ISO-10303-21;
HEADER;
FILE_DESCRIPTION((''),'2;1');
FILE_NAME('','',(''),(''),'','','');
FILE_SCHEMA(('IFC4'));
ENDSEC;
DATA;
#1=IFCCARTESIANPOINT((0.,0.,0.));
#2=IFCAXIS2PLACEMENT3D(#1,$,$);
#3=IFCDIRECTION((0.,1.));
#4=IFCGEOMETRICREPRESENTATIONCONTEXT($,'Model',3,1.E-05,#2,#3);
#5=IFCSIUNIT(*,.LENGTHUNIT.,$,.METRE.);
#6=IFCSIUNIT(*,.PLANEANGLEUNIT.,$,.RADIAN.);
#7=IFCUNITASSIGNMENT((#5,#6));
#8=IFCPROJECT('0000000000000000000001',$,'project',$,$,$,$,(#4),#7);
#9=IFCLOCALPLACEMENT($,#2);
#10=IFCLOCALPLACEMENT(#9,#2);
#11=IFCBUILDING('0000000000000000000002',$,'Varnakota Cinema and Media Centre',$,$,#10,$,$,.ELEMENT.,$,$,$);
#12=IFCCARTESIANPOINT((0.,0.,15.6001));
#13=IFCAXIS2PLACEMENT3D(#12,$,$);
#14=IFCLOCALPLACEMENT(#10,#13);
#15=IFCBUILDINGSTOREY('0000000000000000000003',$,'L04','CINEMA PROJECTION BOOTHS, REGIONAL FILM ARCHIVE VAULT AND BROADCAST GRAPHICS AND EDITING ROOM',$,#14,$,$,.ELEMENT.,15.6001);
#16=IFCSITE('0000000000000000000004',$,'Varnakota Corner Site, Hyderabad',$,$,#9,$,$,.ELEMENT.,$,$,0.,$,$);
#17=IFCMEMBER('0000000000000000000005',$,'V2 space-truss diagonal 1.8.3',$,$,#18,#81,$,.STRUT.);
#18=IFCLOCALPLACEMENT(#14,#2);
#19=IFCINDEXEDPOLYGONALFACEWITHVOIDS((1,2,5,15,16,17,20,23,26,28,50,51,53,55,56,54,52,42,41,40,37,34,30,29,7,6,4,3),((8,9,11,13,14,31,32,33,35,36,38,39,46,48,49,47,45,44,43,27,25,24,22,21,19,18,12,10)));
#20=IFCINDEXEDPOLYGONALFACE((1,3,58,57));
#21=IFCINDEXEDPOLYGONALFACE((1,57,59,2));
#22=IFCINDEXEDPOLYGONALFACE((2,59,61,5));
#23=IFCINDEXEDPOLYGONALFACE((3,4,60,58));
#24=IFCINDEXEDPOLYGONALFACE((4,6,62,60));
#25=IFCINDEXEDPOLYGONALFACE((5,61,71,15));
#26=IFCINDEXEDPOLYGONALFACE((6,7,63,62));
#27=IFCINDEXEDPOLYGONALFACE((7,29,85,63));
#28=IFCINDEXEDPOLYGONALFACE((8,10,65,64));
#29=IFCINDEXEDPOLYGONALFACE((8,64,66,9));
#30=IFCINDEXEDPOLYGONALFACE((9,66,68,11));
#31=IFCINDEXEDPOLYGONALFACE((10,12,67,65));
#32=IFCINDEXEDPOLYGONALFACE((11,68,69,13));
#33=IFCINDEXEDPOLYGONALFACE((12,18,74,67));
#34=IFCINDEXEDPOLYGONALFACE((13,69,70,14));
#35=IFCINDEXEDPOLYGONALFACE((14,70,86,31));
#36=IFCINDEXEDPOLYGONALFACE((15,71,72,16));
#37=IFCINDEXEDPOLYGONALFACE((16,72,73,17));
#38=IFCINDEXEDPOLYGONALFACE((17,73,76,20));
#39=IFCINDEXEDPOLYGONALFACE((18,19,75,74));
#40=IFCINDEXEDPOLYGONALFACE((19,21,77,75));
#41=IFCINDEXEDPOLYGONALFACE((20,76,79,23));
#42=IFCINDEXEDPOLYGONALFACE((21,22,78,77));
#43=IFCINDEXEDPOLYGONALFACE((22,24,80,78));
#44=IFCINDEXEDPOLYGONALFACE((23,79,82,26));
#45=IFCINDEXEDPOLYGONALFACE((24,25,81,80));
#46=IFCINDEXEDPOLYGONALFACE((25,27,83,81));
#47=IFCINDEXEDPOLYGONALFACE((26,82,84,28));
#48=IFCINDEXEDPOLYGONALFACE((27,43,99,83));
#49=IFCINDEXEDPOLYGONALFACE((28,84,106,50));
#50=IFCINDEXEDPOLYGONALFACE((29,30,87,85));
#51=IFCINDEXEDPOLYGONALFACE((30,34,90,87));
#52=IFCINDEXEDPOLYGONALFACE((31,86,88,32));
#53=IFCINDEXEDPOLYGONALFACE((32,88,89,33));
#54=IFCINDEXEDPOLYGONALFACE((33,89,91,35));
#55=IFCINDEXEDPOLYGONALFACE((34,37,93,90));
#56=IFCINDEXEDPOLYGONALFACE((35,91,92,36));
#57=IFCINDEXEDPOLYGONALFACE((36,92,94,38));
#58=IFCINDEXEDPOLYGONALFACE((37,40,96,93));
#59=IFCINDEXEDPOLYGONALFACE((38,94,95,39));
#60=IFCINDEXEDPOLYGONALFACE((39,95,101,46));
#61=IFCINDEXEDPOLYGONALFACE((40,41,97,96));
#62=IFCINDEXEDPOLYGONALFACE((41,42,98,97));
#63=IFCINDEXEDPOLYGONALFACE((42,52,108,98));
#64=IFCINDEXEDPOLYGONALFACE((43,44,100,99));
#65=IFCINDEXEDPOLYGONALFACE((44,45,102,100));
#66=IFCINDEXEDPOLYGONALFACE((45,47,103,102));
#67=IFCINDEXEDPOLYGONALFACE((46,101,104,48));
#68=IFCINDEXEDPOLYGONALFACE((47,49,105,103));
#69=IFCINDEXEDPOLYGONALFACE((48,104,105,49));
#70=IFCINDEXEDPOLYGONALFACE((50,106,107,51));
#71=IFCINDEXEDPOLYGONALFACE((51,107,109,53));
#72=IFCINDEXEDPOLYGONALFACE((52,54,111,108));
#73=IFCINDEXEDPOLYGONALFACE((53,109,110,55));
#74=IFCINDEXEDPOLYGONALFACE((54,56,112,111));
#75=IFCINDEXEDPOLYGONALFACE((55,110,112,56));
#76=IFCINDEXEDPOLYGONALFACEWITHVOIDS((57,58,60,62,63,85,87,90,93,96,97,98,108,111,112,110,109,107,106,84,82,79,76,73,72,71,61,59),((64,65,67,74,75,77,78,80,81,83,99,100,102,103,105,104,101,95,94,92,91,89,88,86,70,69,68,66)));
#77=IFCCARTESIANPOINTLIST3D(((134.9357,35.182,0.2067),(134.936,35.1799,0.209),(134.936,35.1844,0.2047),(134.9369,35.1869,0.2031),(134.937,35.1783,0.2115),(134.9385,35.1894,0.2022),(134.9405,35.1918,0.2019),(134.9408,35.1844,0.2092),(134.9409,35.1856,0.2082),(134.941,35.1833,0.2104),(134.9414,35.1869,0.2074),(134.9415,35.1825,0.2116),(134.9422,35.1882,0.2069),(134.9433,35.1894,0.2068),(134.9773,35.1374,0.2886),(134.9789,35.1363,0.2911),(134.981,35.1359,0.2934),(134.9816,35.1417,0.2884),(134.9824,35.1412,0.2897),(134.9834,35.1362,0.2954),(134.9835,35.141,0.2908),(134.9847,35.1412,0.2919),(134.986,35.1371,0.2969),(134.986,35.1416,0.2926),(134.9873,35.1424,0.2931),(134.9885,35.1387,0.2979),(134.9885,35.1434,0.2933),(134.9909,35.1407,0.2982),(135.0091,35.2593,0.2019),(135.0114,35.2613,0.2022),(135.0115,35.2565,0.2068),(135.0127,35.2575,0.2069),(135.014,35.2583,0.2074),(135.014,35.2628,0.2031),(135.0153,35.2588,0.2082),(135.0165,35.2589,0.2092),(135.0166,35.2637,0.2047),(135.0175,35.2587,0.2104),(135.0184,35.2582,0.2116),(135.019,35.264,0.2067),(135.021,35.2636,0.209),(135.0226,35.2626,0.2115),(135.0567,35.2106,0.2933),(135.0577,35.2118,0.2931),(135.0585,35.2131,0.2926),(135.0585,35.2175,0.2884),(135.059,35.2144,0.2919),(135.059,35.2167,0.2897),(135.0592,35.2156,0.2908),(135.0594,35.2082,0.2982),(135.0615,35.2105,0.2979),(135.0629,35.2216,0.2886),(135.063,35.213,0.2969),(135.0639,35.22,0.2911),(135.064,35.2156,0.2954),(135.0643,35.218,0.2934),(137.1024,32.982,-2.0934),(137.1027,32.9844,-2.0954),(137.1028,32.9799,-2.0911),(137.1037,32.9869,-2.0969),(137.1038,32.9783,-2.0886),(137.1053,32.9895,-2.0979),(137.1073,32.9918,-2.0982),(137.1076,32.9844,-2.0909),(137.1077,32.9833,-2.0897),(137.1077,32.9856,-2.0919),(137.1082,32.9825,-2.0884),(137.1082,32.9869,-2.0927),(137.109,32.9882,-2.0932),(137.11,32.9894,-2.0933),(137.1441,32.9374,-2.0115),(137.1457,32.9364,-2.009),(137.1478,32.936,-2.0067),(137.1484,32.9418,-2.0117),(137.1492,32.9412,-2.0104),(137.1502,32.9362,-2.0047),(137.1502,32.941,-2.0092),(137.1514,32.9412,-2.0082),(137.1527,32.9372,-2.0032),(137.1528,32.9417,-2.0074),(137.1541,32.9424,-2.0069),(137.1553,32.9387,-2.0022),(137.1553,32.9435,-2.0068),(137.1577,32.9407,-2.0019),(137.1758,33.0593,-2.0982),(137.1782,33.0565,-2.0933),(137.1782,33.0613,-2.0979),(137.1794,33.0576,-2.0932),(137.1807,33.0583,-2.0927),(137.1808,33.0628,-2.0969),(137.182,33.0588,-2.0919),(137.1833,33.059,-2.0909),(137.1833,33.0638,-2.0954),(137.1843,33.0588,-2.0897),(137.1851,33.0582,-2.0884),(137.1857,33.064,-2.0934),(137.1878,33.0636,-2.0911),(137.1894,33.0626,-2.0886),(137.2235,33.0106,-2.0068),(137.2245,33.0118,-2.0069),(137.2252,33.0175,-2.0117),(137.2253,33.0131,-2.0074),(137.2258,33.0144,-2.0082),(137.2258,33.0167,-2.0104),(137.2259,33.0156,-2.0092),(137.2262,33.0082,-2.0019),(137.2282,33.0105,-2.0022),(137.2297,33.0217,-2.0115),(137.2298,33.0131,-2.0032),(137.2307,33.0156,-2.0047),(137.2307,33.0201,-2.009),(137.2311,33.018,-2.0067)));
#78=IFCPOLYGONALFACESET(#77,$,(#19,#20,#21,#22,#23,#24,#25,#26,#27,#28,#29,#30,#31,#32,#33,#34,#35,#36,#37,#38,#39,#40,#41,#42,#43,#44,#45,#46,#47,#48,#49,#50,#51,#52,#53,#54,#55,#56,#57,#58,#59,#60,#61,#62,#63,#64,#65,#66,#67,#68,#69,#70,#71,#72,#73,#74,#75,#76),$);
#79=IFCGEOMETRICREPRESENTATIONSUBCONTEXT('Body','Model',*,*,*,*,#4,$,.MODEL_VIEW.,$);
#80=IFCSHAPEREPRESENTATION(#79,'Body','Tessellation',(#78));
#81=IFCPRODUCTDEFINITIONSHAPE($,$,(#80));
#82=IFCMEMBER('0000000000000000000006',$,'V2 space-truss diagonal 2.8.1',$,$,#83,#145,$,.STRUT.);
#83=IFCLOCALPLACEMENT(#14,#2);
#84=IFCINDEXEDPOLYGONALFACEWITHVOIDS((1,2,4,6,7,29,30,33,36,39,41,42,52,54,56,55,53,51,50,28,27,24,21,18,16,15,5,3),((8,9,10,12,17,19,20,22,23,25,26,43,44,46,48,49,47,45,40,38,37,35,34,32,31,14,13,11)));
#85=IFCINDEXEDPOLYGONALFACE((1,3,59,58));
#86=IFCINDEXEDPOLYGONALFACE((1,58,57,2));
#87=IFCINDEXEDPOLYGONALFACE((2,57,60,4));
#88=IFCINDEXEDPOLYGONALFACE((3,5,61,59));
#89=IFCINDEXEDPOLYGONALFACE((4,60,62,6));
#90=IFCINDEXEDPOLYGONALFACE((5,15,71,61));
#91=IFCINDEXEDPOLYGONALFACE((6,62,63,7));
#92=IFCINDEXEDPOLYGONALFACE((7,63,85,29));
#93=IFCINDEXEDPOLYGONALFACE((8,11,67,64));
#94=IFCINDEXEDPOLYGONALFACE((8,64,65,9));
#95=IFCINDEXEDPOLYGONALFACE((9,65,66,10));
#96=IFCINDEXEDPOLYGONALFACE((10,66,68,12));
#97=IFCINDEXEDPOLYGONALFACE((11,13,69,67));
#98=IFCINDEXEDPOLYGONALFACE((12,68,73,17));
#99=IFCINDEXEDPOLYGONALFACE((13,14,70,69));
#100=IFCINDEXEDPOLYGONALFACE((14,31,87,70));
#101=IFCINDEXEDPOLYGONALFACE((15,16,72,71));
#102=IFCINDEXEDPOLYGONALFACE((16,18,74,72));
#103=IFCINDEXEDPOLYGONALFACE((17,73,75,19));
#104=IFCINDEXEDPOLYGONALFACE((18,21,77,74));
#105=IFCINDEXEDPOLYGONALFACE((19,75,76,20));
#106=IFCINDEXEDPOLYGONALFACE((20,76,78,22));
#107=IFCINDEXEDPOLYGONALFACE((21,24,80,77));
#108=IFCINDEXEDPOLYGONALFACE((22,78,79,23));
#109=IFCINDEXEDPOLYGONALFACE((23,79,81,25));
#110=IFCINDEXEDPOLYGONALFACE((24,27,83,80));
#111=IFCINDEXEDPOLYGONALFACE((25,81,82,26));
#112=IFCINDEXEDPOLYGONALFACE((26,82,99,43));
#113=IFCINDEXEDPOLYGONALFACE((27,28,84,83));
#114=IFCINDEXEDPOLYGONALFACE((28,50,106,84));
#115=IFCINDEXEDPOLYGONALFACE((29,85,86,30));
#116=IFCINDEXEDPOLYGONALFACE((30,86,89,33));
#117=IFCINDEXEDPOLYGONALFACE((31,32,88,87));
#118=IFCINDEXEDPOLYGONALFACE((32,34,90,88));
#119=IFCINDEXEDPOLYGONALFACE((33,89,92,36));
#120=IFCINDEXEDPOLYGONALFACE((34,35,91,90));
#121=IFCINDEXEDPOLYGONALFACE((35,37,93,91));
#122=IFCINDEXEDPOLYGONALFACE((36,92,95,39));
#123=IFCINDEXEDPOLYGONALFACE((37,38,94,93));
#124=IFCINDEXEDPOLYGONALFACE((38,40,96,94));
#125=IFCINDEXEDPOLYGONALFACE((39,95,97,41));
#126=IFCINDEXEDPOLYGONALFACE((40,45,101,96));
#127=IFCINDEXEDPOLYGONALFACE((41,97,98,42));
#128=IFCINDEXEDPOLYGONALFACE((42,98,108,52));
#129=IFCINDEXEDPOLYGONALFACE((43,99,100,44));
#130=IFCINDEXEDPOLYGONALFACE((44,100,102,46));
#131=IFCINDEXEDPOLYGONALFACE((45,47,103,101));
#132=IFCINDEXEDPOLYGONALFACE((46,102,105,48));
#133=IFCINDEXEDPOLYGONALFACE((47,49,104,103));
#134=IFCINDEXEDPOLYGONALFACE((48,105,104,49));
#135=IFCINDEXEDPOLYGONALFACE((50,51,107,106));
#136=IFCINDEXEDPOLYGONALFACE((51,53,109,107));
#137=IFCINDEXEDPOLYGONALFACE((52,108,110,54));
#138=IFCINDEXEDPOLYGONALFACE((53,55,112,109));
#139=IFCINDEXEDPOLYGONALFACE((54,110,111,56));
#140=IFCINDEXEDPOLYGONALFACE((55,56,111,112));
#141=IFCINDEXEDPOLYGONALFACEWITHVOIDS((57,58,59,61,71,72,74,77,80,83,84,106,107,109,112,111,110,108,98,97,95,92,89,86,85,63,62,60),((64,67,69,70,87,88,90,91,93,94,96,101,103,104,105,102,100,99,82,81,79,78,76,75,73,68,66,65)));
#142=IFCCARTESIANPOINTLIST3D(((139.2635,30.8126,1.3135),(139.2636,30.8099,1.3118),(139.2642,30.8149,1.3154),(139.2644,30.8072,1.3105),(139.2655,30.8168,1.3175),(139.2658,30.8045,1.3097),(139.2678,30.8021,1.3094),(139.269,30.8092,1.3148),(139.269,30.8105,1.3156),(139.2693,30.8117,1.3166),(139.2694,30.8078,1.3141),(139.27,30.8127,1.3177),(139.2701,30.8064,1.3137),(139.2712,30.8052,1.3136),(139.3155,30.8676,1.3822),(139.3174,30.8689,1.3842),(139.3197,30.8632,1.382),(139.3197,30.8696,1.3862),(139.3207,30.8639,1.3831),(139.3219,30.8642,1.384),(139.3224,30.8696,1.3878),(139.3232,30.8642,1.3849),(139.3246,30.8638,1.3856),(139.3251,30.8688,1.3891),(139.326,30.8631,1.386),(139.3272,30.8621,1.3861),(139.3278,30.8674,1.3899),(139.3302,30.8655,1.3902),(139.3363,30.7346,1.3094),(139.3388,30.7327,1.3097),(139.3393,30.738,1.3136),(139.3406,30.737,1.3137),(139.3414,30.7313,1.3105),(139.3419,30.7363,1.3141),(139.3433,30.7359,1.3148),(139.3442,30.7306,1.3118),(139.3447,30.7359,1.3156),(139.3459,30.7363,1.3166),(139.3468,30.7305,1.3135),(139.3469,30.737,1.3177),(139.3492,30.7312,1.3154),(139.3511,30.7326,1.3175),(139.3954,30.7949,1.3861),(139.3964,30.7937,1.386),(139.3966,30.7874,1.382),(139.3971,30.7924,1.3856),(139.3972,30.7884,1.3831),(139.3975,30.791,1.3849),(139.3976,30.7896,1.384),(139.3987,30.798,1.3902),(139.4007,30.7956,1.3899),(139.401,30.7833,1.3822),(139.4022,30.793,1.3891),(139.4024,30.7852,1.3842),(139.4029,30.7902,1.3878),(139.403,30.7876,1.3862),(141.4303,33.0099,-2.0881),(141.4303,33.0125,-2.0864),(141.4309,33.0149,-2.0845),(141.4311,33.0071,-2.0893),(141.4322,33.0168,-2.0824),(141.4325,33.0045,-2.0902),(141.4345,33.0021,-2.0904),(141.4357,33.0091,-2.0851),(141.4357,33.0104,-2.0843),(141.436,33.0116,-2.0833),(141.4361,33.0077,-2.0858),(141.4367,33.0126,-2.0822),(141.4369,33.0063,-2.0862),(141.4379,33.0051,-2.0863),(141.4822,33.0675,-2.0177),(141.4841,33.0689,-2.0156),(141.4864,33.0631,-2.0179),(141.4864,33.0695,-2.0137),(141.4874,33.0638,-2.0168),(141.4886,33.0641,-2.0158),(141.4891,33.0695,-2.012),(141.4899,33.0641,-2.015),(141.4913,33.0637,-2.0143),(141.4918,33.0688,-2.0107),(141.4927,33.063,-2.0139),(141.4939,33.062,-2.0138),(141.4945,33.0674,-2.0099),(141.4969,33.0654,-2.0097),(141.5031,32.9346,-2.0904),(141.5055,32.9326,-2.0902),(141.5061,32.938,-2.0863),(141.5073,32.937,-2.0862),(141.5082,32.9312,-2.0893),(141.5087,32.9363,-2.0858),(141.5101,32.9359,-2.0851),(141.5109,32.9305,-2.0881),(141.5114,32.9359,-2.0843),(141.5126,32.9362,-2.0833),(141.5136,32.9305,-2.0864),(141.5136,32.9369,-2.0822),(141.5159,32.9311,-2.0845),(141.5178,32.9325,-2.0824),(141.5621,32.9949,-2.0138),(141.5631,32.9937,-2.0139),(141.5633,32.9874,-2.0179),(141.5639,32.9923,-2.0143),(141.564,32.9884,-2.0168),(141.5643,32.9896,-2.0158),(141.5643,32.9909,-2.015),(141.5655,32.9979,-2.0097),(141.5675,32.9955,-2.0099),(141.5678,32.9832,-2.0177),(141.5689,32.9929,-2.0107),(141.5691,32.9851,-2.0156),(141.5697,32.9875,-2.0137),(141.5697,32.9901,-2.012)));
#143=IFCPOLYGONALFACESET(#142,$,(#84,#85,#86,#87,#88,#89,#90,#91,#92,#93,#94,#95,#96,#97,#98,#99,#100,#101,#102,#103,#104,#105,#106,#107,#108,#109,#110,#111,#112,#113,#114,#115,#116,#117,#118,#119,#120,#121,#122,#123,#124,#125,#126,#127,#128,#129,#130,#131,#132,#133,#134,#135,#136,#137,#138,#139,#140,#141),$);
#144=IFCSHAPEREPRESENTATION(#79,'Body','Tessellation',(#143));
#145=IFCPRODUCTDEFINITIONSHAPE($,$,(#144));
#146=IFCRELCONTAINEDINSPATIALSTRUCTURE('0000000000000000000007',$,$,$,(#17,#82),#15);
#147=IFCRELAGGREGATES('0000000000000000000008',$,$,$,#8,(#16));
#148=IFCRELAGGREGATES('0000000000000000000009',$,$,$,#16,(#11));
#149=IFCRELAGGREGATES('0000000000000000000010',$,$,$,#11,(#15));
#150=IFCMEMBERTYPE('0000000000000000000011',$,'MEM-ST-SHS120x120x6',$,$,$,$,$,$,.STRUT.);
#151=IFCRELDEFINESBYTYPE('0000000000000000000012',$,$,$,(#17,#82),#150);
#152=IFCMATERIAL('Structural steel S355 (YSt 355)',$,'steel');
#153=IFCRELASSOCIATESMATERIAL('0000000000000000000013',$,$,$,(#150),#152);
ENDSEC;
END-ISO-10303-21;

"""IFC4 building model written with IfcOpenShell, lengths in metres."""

from ifc_helpers import new_model, si_unit, direction, frame, origin, origin_2d, place, context, subcontext, project, spatial, hollow_rectangle, extrude, material, material_profile, profile_set, type_object, element, save


model = new_model("IFC4")

# Units and contexts
model_context = context("Model", 3, precision=1e-05, world=origin(), true_north=direction((0.0, 1.0)))
body_context = subcontext(model_context, "Body", "Model", "MODEL_VIEW")
ifc_project = project(units=[si_unit("LENGTHUNIT", "METRE"), si_unit("PLANEANGLEUNIT", "RADIAN")], contexts=[model_context])

# Site, building, storey
site_placement = place(None, origin())
site = spatial("IfcSite", under=ifc_project, at=site_placement, Name="Varnakota Corner Site, Hyderabad", CompositionType="ELEMENT", RefElevation=0.0)
building_placement = place(site_placement, origin())
building = spatial("IfcBuilding", under=site, at=building_placement, Name="Varnakota Cinema and Media Centre", CompositionType="ELEMENT")
storey_placement = place(building_placement, frame((0.0, 0.0, 15.6001)))
storey = spatial("IfcBuildingStorey", under=building, at=storey_placement, Name="L04", Description="CINEMA PROJECTION BOOTHS, REGIONAL FILM ARCHIVE VAULT AND BROADCAST GRAPHICS AND EDITING ROOM", CompositionType="ELEMENT", Elevation=15.6001)

# Members
ifc_material_1 = material(Name="Structural steel S355 (YSt 355)", Category="steel")
ifc_material_profile_1 = material_profile(ifc_material_1, hollow_rectangle(XDim=0.1201, YDim=0.1201, WallThickness=0.0061, InnerFilletRadius=0.0061, OuterFilletRadius=0.012, at=origin_2d()), Name="SHS 120x120x6")
ifc_profile_set_1 = profile_set([ifc_material_profile_1], Name="Structural steel S355 (YSt 355)")
member_type_1 = type_object("IfcMemberType", Name="MEM-ST-SHS120x120x6", PredefinedType="STRUT", material=ifc_profile_set_1)
member_1_placement = place(storey_placement, frame((137.1667, 33.0, -2.05), z_axis=(-0.562748, 0.571371, 0.597369), x_axis=(-0.712463, -0.70171, 0.0)))
element("IfcMember", 1, at=member_1_placement, inside=storey, type_object=member_type_1, Name="V2 space-truss diagonal 1.8.3", PredefinedType="STRUT", context=body_context, shape_type="SweptSolid", body=[
    extrude(hollow_rectangle(XDim=0.1201, YDim=0.1201, WallThickness=0.0061, InnerFilletRadius=0.0061, OuterFilletRadius=0.012, at=origin_2d()), origin(), (0.0, 0.0, 1.0), 3.8503),
])
member_2_placement = place(storey_placement, frame((141.5, 33.0, -2.05), z_axis=(-0.471769, -0.478999, 0.740266), x_axis=(0.712463, -0.70171, 0.0)))
element("IfcMember", 2, at=member_2_placement, inside=storey, type_object=member_type_1, Name="V2 space-truss diagonal 2.8.1", PredefinedType="STRUT", context=body_context, shape_type="SweptSolid", body=[
    extrude(hollow_rectangle(XDim=0.1201, YDim=0.1201, WallThickness=0.0061, InnerFilletRadius=0.0061, OuterFilletRadius=0.012, at=origin_2d()), origin(), (0.0, 0.0, 1.0), 4.5928),
])

save(model, "model.ifc")
